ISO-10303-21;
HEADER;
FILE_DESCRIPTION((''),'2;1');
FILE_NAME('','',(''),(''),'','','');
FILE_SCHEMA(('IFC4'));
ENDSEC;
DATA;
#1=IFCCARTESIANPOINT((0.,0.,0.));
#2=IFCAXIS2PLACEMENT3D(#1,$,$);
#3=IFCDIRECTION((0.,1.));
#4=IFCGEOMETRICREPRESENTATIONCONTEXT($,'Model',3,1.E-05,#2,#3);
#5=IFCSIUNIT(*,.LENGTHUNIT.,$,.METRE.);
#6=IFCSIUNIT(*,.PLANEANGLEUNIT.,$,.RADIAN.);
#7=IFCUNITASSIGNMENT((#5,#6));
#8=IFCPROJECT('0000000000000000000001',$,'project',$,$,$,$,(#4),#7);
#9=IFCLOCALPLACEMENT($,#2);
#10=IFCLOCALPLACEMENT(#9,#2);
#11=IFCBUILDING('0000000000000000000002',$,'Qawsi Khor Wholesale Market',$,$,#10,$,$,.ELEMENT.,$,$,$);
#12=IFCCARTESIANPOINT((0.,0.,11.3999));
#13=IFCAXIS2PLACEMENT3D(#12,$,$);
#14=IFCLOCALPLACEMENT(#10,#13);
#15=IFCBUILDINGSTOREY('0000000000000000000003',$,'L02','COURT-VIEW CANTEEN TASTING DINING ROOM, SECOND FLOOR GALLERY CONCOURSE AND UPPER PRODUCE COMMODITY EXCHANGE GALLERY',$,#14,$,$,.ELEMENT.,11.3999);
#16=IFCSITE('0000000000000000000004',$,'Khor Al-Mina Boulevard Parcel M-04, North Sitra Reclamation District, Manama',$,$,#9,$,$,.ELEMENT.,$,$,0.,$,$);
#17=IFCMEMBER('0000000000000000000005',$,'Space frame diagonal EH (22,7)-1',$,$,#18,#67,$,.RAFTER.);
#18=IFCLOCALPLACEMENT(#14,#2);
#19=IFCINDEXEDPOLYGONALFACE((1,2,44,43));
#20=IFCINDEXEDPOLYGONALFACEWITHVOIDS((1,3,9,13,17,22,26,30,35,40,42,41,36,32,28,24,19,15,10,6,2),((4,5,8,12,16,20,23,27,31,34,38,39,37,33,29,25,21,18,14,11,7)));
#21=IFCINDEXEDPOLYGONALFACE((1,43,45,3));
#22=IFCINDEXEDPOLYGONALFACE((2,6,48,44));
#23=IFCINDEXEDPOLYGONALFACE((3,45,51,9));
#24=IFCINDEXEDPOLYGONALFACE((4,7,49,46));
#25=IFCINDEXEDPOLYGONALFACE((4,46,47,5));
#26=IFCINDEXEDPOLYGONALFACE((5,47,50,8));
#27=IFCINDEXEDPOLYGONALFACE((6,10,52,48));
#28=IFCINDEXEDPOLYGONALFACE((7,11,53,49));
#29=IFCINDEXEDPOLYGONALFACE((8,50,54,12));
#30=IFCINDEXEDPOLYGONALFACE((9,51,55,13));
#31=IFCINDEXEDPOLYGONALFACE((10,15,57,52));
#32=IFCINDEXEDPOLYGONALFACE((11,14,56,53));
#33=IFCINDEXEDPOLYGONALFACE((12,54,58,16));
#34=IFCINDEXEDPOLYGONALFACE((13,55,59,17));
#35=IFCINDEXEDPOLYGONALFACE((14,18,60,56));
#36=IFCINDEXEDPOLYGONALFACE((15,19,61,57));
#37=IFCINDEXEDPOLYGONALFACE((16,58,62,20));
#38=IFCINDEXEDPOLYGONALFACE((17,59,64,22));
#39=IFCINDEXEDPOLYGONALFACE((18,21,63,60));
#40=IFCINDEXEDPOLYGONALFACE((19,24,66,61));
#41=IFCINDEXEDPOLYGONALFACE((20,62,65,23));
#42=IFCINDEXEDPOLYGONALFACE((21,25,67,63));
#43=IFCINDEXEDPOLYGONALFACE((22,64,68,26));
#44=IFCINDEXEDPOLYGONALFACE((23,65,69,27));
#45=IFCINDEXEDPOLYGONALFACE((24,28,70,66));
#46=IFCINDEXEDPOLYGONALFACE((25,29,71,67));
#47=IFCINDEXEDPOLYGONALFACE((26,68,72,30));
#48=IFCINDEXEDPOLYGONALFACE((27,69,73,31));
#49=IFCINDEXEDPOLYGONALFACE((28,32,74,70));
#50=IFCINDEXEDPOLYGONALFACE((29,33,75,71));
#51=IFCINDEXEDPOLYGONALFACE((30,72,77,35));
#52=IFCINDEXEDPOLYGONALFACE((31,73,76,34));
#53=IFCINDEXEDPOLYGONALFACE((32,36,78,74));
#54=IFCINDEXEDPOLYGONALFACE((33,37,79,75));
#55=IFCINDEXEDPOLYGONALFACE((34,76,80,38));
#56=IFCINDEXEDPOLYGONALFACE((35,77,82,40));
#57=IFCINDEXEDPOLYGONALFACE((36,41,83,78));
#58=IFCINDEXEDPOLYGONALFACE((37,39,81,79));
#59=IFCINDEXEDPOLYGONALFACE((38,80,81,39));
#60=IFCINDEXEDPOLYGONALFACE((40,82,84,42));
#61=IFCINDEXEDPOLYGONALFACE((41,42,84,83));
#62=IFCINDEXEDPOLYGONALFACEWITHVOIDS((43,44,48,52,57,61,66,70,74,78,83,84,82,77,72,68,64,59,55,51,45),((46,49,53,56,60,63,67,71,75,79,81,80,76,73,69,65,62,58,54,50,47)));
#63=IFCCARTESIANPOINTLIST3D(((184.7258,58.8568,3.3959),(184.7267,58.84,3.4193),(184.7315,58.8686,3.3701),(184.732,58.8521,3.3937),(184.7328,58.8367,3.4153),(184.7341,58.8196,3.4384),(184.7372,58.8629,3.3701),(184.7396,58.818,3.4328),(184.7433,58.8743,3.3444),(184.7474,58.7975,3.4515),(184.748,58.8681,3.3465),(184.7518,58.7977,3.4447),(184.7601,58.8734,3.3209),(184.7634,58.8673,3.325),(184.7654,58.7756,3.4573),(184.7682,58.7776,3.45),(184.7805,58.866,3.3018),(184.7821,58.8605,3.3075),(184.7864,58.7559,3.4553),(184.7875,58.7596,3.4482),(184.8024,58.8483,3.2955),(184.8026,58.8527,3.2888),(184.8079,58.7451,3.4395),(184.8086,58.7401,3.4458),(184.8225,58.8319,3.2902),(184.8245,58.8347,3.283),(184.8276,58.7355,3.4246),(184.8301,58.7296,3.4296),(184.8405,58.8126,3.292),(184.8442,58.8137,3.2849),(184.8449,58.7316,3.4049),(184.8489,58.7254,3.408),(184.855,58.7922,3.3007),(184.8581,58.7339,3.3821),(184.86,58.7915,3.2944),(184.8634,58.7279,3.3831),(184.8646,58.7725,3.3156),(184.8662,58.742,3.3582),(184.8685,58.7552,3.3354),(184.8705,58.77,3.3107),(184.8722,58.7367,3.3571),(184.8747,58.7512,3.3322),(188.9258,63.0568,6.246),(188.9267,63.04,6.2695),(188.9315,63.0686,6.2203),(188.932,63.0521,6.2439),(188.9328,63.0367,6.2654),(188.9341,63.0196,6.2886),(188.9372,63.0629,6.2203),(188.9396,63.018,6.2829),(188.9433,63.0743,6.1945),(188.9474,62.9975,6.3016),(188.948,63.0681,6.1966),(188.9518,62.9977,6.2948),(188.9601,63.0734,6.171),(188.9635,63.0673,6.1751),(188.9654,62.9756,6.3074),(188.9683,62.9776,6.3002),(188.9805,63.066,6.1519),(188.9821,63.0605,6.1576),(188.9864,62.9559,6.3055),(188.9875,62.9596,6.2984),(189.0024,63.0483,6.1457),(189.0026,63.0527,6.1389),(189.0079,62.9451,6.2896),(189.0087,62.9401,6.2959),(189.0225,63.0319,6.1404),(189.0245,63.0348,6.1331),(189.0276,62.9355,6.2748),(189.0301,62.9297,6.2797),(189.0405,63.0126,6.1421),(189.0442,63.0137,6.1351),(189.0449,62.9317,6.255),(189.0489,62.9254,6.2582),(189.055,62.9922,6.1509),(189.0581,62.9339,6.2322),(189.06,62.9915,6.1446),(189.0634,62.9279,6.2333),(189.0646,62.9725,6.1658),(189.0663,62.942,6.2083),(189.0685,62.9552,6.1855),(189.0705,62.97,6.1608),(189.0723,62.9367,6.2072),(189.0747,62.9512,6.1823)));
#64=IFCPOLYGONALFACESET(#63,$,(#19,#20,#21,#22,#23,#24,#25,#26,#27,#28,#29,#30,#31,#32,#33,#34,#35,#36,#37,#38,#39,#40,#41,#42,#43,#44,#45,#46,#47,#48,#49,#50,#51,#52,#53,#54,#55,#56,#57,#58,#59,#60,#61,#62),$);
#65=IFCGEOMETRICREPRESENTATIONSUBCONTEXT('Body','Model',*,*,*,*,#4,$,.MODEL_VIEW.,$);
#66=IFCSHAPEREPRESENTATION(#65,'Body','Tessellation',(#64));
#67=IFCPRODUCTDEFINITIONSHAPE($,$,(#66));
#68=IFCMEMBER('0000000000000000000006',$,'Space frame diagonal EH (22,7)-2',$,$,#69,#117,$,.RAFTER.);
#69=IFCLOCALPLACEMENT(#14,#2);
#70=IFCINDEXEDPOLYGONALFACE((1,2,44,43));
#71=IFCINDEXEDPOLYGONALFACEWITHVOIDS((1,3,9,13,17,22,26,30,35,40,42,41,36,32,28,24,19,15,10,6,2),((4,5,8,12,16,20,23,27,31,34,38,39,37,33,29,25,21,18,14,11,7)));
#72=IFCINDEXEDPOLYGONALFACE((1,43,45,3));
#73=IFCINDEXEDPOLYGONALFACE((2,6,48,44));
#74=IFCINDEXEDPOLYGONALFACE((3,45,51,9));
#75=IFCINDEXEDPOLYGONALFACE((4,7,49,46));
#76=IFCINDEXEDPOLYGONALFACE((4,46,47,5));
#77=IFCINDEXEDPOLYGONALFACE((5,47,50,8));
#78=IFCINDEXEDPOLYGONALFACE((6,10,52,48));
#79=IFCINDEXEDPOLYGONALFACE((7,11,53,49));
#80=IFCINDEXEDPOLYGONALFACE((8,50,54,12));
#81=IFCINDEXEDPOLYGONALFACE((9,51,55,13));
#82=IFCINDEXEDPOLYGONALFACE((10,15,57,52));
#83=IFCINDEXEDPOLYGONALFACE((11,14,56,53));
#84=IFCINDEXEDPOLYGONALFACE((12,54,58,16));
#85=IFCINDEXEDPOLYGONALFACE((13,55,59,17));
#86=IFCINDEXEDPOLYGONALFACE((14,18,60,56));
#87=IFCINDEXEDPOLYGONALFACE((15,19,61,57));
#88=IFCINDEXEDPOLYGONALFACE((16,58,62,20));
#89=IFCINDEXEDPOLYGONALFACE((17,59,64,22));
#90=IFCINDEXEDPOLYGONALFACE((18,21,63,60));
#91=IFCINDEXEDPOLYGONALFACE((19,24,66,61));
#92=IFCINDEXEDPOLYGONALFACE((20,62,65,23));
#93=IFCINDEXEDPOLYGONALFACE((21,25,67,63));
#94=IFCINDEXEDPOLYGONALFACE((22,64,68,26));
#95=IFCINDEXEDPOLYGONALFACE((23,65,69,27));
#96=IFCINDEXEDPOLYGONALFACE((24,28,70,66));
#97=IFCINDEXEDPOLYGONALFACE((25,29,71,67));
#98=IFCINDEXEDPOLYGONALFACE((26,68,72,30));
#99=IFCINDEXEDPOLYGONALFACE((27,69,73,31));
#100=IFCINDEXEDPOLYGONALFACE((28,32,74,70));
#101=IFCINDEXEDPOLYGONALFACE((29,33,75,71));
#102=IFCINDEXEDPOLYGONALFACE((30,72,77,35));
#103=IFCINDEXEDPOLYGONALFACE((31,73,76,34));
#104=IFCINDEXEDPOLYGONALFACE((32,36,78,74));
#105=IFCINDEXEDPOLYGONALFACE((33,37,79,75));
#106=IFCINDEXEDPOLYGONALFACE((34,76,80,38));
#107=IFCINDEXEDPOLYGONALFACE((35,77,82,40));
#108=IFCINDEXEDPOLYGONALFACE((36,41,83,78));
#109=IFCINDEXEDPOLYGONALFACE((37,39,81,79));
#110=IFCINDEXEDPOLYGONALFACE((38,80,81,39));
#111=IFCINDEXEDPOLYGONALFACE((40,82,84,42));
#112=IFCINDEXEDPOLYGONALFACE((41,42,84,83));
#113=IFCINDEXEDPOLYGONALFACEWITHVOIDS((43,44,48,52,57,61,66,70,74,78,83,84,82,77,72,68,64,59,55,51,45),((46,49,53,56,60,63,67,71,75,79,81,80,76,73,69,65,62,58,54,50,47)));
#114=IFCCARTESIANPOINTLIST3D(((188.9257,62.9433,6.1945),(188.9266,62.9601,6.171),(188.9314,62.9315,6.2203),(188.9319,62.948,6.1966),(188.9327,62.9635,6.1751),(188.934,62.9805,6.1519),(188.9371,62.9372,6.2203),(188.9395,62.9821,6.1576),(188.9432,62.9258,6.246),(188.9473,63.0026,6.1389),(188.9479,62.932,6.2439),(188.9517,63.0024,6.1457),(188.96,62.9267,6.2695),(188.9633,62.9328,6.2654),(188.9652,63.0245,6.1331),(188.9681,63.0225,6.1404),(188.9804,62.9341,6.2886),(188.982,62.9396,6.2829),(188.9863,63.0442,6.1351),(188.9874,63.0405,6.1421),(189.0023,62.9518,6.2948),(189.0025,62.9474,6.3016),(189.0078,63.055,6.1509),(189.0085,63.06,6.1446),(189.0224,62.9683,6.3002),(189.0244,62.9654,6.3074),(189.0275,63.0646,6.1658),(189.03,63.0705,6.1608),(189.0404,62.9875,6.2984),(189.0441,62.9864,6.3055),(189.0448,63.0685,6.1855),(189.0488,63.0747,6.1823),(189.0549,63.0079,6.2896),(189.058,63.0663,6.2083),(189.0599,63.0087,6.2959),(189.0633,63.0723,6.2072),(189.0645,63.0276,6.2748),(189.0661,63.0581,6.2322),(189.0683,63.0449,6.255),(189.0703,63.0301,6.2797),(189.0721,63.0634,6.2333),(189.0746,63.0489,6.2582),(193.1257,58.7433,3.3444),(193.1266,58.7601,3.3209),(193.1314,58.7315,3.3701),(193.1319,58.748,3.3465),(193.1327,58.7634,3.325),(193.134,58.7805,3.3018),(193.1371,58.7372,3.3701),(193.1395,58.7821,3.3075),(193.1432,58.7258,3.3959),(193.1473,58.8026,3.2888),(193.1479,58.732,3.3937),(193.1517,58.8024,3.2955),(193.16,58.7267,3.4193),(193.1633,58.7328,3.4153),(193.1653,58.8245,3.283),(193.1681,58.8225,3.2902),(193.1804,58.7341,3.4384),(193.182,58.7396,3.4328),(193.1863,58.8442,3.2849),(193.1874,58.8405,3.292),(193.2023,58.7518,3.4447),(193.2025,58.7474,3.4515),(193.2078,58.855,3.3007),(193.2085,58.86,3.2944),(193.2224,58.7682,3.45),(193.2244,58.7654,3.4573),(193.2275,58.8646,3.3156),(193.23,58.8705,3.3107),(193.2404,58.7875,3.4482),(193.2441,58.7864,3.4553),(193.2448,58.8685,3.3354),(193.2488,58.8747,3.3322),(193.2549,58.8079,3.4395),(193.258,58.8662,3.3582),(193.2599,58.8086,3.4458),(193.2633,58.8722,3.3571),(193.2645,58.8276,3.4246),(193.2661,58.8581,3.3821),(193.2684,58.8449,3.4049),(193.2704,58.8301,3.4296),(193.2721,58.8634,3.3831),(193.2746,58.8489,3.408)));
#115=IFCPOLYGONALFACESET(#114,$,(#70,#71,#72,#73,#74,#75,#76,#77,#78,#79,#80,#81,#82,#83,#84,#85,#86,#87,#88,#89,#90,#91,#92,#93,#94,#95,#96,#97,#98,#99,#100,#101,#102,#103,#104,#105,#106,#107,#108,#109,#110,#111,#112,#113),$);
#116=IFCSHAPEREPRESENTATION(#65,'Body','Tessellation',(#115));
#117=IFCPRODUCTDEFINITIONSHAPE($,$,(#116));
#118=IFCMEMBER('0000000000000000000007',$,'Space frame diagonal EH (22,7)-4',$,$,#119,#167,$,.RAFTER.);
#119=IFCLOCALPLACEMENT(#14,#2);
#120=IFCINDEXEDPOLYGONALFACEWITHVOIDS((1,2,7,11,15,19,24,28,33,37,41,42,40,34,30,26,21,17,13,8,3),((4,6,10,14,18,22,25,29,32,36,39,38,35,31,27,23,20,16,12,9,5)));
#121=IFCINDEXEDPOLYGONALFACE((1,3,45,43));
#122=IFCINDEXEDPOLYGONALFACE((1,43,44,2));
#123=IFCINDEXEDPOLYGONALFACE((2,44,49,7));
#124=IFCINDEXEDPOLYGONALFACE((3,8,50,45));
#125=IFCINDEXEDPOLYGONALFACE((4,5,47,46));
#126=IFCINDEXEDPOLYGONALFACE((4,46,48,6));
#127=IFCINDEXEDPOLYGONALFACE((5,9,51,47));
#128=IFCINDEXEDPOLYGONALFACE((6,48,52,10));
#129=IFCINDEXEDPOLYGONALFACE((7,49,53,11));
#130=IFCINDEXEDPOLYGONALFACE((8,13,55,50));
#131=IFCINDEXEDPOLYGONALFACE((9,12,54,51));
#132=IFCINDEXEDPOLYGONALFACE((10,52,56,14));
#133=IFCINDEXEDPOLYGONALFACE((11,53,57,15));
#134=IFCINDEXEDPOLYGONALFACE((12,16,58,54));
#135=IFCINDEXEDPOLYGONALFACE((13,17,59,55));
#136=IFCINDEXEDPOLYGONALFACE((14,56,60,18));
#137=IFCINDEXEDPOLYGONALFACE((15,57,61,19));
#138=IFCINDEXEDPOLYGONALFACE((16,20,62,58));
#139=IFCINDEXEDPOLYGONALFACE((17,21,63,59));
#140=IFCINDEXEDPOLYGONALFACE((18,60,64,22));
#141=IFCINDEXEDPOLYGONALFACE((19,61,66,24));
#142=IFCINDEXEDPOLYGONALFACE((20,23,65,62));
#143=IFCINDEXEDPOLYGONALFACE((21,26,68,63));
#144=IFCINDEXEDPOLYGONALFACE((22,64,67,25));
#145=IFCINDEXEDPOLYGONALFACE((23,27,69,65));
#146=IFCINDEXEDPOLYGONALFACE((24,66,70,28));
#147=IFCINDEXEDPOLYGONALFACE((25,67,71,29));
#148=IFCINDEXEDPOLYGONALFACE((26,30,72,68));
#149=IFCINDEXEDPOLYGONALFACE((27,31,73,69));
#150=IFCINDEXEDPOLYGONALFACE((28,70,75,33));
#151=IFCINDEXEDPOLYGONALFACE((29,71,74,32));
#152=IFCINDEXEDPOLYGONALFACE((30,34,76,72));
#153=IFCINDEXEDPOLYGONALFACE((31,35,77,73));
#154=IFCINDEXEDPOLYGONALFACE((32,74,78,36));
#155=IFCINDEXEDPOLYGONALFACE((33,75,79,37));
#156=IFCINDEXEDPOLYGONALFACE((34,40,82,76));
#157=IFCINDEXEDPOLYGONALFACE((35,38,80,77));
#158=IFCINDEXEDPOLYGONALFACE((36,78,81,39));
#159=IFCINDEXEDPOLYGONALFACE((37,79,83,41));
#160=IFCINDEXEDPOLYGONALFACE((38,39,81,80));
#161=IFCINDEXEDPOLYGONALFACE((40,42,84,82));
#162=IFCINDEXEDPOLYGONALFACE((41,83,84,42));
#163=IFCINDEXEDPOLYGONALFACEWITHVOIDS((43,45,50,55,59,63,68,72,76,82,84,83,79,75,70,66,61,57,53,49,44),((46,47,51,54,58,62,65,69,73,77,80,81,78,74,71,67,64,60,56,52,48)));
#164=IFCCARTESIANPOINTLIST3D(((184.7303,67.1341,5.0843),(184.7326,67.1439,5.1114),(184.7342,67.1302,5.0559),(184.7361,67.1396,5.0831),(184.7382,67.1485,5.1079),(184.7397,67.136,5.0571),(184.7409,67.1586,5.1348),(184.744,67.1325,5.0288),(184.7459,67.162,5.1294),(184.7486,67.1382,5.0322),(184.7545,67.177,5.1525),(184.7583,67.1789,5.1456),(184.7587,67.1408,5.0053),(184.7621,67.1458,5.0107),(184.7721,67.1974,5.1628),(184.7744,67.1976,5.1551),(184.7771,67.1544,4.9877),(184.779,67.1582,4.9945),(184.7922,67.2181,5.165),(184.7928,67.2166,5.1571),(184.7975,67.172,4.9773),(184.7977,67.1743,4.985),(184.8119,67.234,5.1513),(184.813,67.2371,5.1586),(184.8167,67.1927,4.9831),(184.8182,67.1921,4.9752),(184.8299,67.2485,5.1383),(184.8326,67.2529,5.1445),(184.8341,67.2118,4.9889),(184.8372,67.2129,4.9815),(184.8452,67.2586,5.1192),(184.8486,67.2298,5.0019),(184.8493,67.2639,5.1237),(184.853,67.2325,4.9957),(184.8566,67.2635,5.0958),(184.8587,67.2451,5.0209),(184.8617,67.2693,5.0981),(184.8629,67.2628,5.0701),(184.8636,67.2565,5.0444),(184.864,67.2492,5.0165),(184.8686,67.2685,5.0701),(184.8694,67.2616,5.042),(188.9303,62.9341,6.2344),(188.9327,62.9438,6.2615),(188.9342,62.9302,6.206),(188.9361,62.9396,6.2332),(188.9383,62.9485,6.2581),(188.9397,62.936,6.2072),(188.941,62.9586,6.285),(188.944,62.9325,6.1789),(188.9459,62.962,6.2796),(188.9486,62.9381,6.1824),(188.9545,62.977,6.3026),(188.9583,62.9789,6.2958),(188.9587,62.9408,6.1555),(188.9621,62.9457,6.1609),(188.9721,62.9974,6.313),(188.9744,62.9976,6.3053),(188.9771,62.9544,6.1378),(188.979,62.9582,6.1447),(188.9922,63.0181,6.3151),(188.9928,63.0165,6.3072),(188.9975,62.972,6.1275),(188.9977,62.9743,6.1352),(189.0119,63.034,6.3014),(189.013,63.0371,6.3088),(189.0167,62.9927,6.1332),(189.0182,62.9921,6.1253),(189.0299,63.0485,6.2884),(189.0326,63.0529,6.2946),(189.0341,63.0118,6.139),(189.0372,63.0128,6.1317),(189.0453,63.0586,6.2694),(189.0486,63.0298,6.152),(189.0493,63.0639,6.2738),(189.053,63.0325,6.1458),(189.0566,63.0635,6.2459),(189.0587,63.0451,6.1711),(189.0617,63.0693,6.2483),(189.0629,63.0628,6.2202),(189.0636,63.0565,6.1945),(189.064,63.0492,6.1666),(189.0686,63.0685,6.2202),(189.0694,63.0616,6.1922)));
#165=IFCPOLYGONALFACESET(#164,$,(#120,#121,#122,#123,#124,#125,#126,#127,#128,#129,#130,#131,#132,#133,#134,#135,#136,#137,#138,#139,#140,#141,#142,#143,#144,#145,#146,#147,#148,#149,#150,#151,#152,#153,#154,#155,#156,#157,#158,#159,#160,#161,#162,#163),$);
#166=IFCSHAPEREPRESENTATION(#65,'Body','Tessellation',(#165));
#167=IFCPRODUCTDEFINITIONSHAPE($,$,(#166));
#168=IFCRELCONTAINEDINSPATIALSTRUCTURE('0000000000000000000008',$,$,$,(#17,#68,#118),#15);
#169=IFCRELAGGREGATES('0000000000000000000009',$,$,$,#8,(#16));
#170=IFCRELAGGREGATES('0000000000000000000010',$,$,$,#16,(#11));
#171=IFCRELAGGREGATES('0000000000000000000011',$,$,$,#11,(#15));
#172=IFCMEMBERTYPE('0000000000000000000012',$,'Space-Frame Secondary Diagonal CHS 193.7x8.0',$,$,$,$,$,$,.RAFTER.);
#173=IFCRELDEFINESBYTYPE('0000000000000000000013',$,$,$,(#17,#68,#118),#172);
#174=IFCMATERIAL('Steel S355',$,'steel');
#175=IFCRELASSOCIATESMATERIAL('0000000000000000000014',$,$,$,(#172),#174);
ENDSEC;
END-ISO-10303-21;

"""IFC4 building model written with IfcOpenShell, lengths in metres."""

from ifc_helpers import new_model, si_unit, direction, frame, origin, origin_2d, place, context, subcontext, project, spatial, hollow_circle, extrude, material, material_profile, profile_set, type_object, element, save


model = new_model("IFC4")

# Units and contexts
model_context = context("Model", 3, precision=1e-05, world=origin(), true_north=direction((0.0, 1.0)))
body_context = subcontext(model_context, "Body", "Model", "MODEL_VIEW")
ifc_project = project(units=[si_unit("LENGTHUNIT", "METRE"), si_unit("PLANEANGLEUNIT", "RADIAN")], contexts=[model_context])

# Site, building, storey
site_placement = place(None, origin())
site = spatial("IfcSite", under=ifc_project, at=site_placement, Name="Khor Al-Mina Boulevard Parcel M-04, North Sitra Reclamation District, Manama", CompositionType="ELEMENT", RefElevation=0.0)
building_placement = place(site_placement, origin())
building = spatial("IfcBuilding", under=site, at=building_placement, Name="Qawsi Khor Wholesale Market", CompositionType="ELEMENT")
storey_placement = place(building_placement, frame((0.0, 0.0, 11.3999)))
storey = spatial("IfcBuildingStorey", under=building, at=storey_placement, Name="L02", Description="COURT-VIEW CANTEEN TASTING DINING ROOM, SECOND FLOOR GALLERY CONCOURSE AND UPPER PRODUCE COMMODITY EXCHANGE GALLERY", CompositionType="ELEMENT", Elevation=11.3999)

# Members
ifc_material_1 = material(Name="Steel S355", Category="steel")
ifc_material_profile_1 = material_profile(ifc_material_1, hollow_circle(Radius=0.0969, WallThickness=0.0081, at=origin_2d()), Name="CHS 193.7x8.0")
ifc_profile_set_1 = profile_set([ifc_material_profile_1], Name="Steel S355")
member_type_1 = type_object("IfcMemberType", Name="Space-Frame Secondary Diagonal CHS 193.7x8.0", PredefinedType="RAFTER", material=ifc_profile_set_1)
for number, where, z_axis, x_axis, name in (
    (1, (184.8, 58.8, 3.3701), (0.637512, 0.637512, 0.432617), (-0.707107, 0.707107, 0.0), "Space frame diagonal EH (22,7)-1"),
    (2, (193.2, 58.8, 3.3701), (-0.637512, 0.637512, 0.432617), (-0.707107, -0.707107, 0.0), "Space frame diagonal EH (22,7)-2"),
):
    element("IfcMember", number, at=place(storey_placement, frame(where, z_axis=z_axis, x_axis=x_axis)), inside=storey, type_object=member_type_1, Name=name, PredefinedType="RAFTER", context=body_context, shape_type="SweptSolid", body=[
        extrude(hollow_circle(Radius=0.0969, WallThickness=0.0081, at=origin_2d()), origin(), (0.0, 0.0, 1.0), 6.5881),
    ])
member_1_placement = place(storey_placement, frame((184.8, 67.2, 5.0701), z_axis=(0.694211, -0.694211, 0.190108), x_axis=(0.707107, 0.707107, 0.0)))
element("IfcMember", 3, at=member_1_placement, inside=storey, type_object=member_type_1, Name="Space frame diagonal EH (22,7)-4", PredefinedType="RAFTER", context=body_context, shape_type="SweptSolid", body=[
    extrude(hollow_circle(Radius=0.0969, WallThickness=0.0081, at=origin_2d()), origin(), (0.0, 0.0, 1.0), 6.05),
])

save(model, "model.ifc")
